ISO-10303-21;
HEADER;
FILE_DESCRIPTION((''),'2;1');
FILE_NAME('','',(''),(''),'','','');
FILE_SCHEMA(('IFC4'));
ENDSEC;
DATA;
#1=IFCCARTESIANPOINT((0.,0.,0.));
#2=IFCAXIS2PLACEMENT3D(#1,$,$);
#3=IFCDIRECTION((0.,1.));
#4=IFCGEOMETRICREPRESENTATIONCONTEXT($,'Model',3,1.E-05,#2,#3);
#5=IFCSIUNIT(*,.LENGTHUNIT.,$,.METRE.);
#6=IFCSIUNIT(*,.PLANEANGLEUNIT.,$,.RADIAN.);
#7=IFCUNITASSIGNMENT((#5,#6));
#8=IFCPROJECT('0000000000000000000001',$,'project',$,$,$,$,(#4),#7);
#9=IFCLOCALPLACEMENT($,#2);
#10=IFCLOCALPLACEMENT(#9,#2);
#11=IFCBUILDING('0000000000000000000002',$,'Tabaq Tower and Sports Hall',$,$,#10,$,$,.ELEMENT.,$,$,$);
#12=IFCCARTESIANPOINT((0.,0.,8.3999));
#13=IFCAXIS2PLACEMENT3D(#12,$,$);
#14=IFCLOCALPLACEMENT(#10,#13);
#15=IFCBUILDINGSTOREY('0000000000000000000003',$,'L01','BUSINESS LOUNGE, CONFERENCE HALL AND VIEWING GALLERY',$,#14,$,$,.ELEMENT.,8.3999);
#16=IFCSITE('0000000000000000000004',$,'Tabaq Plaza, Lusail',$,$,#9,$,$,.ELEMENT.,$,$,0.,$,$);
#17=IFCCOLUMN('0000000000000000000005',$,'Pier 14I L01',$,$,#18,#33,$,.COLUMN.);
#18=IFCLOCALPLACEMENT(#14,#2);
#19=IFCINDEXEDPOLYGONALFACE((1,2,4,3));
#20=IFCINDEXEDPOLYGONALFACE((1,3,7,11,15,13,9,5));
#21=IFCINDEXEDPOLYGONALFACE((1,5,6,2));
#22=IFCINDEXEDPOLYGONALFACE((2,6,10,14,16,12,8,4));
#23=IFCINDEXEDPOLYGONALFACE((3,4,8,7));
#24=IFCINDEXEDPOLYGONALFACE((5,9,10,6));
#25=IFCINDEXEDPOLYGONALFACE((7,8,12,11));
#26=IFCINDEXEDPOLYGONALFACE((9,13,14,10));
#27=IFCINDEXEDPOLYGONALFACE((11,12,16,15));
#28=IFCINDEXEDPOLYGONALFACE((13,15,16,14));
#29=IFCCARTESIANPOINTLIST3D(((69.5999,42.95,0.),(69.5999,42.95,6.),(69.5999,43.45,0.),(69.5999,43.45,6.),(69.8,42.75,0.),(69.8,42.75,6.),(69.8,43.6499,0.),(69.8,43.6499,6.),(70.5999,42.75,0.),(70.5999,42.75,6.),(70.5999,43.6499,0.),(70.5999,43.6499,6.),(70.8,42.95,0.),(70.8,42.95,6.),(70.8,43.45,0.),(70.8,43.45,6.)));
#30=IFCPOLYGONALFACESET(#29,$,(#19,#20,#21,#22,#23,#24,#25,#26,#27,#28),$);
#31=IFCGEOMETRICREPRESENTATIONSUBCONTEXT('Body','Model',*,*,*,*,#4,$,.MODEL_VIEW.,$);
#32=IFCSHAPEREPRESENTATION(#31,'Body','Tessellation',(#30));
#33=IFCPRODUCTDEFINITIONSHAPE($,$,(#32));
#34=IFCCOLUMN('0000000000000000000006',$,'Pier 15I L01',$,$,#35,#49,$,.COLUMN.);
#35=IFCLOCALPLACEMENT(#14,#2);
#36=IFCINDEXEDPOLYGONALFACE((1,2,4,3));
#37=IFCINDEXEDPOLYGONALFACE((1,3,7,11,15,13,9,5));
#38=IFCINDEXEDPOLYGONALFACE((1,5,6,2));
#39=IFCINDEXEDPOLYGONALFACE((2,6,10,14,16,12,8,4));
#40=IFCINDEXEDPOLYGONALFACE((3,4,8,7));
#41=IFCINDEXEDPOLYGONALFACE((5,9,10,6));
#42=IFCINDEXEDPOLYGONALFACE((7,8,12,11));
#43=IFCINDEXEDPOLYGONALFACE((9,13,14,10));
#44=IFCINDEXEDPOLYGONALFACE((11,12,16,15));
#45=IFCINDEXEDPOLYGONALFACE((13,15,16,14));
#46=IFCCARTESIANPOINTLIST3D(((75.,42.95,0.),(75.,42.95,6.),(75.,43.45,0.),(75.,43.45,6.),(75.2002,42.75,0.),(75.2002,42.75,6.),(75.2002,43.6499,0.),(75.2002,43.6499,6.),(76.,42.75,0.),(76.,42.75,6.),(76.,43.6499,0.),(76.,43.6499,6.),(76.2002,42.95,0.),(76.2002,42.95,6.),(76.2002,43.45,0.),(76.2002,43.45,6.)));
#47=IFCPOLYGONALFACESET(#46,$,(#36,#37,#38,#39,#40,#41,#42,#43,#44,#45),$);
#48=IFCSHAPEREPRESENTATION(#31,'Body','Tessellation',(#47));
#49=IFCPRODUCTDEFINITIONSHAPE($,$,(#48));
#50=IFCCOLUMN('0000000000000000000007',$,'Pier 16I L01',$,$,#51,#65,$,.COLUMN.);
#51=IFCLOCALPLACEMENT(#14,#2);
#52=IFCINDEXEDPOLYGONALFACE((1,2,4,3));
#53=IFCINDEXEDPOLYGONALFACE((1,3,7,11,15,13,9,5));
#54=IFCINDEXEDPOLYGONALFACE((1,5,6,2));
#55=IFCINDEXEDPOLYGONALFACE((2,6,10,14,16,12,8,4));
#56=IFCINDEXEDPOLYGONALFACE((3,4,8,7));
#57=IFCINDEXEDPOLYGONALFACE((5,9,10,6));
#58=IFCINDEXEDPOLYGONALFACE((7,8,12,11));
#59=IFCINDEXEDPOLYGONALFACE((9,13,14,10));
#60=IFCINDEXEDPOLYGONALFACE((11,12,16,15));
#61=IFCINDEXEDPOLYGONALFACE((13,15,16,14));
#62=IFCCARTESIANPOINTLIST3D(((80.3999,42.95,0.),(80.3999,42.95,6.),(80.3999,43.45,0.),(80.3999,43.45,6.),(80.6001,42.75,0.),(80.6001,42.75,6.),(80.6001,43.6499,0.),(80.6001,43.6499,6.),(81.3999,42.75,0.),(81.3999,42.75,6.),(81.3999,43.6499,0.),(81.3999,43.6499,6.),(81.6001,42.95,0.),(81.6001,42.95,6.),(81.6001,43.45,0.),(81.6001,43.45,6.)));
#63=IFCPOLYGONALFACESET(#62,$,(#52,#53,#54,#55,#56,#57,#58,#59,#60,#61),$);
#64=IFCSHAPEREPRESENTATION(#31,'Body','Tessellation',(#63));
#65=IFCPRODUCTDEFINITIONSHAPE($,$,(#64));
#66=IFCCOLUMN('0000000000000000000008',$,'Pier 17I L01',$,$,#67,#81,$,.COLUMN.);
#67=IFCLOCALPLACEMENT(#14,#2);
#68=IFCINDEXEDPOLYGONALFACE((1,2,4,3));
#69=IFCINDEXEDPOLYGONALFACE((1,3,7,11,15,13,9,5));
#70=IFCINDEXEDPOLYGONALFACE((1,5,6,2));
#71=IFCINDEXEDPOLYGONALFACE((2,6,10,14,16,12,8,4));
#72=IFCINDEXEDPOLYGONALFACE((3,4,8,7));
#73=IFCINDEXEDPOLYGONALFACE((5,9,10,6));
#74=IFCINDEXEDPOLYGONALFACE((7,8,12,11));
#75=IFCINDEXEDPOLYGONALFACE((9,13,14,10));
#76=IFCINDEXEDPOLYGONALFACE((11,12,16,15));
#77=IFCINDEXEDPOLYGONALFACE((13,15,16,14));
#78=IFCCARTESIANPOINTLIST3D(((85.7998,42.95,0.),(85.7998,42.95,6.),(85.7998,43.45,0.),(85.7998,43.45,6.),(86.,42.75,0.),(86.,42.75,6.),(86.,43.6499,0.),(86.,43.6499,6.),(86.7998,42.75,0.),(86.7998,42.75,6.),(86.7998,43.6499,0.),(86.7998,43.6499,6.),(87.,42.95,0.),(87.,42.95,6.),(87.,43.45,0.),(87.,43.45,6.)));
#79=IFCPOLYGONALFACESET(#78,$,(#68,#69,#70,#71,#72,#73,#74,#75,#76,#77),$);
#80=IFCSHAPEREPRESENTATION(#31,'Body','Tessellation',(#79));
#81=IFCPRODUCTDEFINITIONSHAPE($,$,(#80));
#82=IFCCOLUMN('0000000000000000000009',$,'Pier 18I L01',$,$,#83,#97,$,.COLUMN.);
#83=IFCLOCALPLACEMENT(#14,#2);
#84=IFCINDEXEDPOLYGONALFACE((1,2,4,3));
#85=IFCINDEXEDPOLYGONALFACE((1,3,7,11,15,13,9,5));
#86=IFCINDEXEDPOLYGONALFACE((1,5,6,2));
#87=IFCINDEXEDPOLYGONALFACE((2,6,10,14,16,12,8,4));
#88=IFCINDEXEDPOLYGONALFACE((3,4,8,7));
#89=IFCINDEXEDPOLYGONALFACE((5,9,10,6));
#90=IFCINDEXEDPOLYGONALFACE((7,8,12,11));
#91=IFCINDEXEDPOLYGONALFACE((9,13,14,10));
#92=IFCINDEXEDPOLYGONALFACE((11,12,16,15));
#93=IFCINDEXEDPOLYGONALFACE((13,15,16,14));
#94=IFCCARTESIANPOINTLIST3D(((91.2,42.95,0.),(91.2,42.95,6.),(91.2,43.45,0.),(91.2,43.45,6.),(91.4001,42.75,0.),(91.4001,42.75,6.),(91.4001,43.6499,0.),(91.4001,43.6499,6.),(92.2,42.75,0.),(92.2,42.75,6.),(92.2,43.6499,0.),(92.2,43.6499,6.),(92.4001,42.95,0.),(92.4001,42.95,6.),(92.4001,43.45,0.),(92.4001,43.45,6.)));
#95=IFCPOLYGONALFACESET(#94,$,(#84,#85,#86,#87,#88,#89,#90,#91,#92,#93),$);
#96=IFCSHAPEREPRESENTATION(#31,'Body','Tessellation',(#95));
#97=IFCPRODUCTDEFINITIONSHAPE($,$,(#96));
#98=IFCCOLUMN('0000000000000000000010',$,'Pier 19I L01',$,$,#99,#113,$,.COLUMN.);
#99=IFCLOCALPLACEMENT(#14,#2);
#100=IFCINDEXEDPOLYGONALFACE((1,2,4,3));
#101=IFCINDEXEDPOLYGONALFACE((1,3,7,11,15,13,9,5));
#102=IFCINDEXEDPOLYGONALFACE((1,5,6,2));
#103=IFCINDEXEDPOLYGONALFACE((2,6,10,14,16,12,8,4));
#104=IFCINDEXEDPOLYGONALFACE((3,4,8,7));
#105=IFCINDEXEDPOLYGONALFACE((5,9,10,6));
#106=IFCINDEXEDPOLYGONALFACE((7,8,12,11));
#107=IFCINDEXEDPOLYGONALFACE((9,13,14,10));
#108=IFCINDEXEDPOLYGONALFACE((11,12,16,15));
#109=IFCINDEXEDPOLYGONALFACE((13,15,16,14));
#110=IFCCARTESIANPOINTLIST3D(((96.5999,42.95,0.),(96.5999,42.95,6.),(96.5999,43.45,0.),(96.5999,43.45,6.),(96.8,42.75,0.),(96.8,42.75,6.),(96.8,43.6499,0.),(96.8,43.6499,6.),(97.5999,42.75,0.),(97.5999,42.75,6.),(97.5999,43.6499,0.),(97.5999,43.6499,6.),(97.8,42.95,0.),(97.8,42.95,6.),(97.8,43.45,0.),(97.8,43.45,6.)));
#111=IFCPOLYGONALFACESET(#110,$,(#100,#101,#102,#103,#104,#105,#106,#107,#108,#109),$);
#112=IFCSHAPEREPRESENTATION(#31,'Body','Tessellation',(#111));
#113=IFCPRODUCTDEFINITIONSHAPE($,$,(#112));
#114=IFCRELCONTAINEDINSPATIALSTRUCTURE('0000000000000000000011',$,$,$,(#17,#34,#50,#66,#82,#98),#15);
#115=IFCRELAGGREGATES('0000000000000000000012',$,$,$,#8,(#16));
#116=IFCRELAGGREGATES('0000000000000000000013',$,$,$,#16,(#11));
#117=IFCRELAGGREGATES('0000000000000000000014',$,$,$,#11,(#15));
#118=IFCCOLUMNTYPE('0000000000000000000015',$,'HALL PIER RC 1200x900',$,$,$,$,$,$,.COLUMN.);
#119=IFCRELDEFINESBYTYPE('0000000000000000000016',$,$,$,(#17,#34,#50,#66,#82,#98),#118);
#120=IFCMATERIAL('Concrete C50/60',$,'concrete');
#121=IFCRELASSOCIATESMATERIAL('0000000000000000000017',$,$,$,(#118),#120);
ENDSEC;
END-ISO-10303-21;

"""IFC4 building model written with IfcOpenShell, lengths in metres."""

from ifc_helpers import new_model, si_unit, direction, frame, origin, place, context, subcontext, project, spatial, polyline, outline, extrude, material, material_profile, profile_set, type_object, element, save


model = new_model("IFC4")

# Units and contexts
model_context = context("Model", 3, precision=1e-05, world=origin(), true_north=direction((0.0, 1.0)))
body_context = subcontext(model_context, "Body", "Model", "MODEL_VIEW")
ifc_project = project(units=[si_unit("LENGTHUNIT", "METRE"), si_unit("PLANEANGLEUNIT", "RADIAN")], contexts=[model_context])

# Site, building, storey
site_placement = place(None, origin())
site = spatial("IfcSite", under=ifc_project, at=site_placement, Name="Tabaq Plaza, Lusail", CompositionType="ELEMENT", RefElevation=0.0)
building_placement = place(site_placement, origin())
building = spatial("IfcBuilding", under=site, at=building_placement, Name="Tabaq Tower and Sports Hall", CompositionType="ELEMENT")
storey_placement = place(building_placement, frame((0.0, 0.0, 8.3999)))
storey = spatial("IfcBuildingStorey", under=building, at=storey_placement, Name="L01", Description="BUSINESS LOUNGE, CONFERENCE HALL AND VIEWING GALLERY", CompositionType="ELEMENT", Elevation=8.3999)

# Columns
ifc_material_1 = material(Name="Concrete C50/60", Category="concrete")
ifc_material_profile = material_profile(ifc_material_1, outline(polyline([(-0.3999, -0.45), (0.3999, -0.45), (0.6001, -0.25), (0.6001, 0.25), (0.3999, 0.45), (-0.3999, 0.45), (-0.6001, 0.25), (-0.6001, -0.25), (-0.3999, -0.45)])), Name="PIER 1200x900")
ifc_profile_set = profile_set([ifc_material_profile], Name="Concrete C50/60")
column_type = type_object("IfcColumnType", Name="HALL PIER RC 1200x900", PredefinedType="COLUMN", material=ifc_profile_set)
for number, where, z_axis, x_axis, name in (
    (1, (70.2, 43.2, 0.0), (0.0, 0.0, 1.0), (1.0, 0.0, 0.0), "Pier 14I L01"),
    (2, (75.6001, 43.2, 0.0), (0.0, 0.0, 1.0), (1.0, 0.0, 0.0), "Pier 15I L01"),
    (3, (81.0, 43.2, 0.0), (0.0, 0.0, 1.0), (1.0, 0.0, 0.0), "Pier 16I L01"),
    (4, (86.3999, 43.2, 0.0), (0.0, 0.0, 1.0), (1.0, 0.0, 0.0), "Pier 17I L01"),
    (5, (91.8, 43.2, 0.0), (0.0, 0.0, 1.0), (1.0, 0.0, 0.0), "Pier 18I L01"),
    (6, (97.2, 43.2, 0.0), (0.0, 0.0, 1.0), (1.0, 0.0, 0.0), "Pier 19I L01"),
):
    element("IfcColumn", number, at=place(storey_placement, frame(where, z_axis=z_axis, x_axis=x_axis)), inside=storey, type_object=column_type, Name=name, PredefinedType="COLUMN", context=body_context, shape_type="SweptSolid", body=[
        extrude(outline(polyline([(-0.3999, -0.45), (0.3999, -0.45), (0.6001, -0.25), (0.6001, 0.25), (0.3999, 0.45), (-0.3999, 0.45), (-0.6001, 0.25), (-0.6001, -0.25), (-0.3999, -0.45)])), origin(), (0.0, 0.0, 1.0), 6.0),
    ])

save(model, "model.ifc")
